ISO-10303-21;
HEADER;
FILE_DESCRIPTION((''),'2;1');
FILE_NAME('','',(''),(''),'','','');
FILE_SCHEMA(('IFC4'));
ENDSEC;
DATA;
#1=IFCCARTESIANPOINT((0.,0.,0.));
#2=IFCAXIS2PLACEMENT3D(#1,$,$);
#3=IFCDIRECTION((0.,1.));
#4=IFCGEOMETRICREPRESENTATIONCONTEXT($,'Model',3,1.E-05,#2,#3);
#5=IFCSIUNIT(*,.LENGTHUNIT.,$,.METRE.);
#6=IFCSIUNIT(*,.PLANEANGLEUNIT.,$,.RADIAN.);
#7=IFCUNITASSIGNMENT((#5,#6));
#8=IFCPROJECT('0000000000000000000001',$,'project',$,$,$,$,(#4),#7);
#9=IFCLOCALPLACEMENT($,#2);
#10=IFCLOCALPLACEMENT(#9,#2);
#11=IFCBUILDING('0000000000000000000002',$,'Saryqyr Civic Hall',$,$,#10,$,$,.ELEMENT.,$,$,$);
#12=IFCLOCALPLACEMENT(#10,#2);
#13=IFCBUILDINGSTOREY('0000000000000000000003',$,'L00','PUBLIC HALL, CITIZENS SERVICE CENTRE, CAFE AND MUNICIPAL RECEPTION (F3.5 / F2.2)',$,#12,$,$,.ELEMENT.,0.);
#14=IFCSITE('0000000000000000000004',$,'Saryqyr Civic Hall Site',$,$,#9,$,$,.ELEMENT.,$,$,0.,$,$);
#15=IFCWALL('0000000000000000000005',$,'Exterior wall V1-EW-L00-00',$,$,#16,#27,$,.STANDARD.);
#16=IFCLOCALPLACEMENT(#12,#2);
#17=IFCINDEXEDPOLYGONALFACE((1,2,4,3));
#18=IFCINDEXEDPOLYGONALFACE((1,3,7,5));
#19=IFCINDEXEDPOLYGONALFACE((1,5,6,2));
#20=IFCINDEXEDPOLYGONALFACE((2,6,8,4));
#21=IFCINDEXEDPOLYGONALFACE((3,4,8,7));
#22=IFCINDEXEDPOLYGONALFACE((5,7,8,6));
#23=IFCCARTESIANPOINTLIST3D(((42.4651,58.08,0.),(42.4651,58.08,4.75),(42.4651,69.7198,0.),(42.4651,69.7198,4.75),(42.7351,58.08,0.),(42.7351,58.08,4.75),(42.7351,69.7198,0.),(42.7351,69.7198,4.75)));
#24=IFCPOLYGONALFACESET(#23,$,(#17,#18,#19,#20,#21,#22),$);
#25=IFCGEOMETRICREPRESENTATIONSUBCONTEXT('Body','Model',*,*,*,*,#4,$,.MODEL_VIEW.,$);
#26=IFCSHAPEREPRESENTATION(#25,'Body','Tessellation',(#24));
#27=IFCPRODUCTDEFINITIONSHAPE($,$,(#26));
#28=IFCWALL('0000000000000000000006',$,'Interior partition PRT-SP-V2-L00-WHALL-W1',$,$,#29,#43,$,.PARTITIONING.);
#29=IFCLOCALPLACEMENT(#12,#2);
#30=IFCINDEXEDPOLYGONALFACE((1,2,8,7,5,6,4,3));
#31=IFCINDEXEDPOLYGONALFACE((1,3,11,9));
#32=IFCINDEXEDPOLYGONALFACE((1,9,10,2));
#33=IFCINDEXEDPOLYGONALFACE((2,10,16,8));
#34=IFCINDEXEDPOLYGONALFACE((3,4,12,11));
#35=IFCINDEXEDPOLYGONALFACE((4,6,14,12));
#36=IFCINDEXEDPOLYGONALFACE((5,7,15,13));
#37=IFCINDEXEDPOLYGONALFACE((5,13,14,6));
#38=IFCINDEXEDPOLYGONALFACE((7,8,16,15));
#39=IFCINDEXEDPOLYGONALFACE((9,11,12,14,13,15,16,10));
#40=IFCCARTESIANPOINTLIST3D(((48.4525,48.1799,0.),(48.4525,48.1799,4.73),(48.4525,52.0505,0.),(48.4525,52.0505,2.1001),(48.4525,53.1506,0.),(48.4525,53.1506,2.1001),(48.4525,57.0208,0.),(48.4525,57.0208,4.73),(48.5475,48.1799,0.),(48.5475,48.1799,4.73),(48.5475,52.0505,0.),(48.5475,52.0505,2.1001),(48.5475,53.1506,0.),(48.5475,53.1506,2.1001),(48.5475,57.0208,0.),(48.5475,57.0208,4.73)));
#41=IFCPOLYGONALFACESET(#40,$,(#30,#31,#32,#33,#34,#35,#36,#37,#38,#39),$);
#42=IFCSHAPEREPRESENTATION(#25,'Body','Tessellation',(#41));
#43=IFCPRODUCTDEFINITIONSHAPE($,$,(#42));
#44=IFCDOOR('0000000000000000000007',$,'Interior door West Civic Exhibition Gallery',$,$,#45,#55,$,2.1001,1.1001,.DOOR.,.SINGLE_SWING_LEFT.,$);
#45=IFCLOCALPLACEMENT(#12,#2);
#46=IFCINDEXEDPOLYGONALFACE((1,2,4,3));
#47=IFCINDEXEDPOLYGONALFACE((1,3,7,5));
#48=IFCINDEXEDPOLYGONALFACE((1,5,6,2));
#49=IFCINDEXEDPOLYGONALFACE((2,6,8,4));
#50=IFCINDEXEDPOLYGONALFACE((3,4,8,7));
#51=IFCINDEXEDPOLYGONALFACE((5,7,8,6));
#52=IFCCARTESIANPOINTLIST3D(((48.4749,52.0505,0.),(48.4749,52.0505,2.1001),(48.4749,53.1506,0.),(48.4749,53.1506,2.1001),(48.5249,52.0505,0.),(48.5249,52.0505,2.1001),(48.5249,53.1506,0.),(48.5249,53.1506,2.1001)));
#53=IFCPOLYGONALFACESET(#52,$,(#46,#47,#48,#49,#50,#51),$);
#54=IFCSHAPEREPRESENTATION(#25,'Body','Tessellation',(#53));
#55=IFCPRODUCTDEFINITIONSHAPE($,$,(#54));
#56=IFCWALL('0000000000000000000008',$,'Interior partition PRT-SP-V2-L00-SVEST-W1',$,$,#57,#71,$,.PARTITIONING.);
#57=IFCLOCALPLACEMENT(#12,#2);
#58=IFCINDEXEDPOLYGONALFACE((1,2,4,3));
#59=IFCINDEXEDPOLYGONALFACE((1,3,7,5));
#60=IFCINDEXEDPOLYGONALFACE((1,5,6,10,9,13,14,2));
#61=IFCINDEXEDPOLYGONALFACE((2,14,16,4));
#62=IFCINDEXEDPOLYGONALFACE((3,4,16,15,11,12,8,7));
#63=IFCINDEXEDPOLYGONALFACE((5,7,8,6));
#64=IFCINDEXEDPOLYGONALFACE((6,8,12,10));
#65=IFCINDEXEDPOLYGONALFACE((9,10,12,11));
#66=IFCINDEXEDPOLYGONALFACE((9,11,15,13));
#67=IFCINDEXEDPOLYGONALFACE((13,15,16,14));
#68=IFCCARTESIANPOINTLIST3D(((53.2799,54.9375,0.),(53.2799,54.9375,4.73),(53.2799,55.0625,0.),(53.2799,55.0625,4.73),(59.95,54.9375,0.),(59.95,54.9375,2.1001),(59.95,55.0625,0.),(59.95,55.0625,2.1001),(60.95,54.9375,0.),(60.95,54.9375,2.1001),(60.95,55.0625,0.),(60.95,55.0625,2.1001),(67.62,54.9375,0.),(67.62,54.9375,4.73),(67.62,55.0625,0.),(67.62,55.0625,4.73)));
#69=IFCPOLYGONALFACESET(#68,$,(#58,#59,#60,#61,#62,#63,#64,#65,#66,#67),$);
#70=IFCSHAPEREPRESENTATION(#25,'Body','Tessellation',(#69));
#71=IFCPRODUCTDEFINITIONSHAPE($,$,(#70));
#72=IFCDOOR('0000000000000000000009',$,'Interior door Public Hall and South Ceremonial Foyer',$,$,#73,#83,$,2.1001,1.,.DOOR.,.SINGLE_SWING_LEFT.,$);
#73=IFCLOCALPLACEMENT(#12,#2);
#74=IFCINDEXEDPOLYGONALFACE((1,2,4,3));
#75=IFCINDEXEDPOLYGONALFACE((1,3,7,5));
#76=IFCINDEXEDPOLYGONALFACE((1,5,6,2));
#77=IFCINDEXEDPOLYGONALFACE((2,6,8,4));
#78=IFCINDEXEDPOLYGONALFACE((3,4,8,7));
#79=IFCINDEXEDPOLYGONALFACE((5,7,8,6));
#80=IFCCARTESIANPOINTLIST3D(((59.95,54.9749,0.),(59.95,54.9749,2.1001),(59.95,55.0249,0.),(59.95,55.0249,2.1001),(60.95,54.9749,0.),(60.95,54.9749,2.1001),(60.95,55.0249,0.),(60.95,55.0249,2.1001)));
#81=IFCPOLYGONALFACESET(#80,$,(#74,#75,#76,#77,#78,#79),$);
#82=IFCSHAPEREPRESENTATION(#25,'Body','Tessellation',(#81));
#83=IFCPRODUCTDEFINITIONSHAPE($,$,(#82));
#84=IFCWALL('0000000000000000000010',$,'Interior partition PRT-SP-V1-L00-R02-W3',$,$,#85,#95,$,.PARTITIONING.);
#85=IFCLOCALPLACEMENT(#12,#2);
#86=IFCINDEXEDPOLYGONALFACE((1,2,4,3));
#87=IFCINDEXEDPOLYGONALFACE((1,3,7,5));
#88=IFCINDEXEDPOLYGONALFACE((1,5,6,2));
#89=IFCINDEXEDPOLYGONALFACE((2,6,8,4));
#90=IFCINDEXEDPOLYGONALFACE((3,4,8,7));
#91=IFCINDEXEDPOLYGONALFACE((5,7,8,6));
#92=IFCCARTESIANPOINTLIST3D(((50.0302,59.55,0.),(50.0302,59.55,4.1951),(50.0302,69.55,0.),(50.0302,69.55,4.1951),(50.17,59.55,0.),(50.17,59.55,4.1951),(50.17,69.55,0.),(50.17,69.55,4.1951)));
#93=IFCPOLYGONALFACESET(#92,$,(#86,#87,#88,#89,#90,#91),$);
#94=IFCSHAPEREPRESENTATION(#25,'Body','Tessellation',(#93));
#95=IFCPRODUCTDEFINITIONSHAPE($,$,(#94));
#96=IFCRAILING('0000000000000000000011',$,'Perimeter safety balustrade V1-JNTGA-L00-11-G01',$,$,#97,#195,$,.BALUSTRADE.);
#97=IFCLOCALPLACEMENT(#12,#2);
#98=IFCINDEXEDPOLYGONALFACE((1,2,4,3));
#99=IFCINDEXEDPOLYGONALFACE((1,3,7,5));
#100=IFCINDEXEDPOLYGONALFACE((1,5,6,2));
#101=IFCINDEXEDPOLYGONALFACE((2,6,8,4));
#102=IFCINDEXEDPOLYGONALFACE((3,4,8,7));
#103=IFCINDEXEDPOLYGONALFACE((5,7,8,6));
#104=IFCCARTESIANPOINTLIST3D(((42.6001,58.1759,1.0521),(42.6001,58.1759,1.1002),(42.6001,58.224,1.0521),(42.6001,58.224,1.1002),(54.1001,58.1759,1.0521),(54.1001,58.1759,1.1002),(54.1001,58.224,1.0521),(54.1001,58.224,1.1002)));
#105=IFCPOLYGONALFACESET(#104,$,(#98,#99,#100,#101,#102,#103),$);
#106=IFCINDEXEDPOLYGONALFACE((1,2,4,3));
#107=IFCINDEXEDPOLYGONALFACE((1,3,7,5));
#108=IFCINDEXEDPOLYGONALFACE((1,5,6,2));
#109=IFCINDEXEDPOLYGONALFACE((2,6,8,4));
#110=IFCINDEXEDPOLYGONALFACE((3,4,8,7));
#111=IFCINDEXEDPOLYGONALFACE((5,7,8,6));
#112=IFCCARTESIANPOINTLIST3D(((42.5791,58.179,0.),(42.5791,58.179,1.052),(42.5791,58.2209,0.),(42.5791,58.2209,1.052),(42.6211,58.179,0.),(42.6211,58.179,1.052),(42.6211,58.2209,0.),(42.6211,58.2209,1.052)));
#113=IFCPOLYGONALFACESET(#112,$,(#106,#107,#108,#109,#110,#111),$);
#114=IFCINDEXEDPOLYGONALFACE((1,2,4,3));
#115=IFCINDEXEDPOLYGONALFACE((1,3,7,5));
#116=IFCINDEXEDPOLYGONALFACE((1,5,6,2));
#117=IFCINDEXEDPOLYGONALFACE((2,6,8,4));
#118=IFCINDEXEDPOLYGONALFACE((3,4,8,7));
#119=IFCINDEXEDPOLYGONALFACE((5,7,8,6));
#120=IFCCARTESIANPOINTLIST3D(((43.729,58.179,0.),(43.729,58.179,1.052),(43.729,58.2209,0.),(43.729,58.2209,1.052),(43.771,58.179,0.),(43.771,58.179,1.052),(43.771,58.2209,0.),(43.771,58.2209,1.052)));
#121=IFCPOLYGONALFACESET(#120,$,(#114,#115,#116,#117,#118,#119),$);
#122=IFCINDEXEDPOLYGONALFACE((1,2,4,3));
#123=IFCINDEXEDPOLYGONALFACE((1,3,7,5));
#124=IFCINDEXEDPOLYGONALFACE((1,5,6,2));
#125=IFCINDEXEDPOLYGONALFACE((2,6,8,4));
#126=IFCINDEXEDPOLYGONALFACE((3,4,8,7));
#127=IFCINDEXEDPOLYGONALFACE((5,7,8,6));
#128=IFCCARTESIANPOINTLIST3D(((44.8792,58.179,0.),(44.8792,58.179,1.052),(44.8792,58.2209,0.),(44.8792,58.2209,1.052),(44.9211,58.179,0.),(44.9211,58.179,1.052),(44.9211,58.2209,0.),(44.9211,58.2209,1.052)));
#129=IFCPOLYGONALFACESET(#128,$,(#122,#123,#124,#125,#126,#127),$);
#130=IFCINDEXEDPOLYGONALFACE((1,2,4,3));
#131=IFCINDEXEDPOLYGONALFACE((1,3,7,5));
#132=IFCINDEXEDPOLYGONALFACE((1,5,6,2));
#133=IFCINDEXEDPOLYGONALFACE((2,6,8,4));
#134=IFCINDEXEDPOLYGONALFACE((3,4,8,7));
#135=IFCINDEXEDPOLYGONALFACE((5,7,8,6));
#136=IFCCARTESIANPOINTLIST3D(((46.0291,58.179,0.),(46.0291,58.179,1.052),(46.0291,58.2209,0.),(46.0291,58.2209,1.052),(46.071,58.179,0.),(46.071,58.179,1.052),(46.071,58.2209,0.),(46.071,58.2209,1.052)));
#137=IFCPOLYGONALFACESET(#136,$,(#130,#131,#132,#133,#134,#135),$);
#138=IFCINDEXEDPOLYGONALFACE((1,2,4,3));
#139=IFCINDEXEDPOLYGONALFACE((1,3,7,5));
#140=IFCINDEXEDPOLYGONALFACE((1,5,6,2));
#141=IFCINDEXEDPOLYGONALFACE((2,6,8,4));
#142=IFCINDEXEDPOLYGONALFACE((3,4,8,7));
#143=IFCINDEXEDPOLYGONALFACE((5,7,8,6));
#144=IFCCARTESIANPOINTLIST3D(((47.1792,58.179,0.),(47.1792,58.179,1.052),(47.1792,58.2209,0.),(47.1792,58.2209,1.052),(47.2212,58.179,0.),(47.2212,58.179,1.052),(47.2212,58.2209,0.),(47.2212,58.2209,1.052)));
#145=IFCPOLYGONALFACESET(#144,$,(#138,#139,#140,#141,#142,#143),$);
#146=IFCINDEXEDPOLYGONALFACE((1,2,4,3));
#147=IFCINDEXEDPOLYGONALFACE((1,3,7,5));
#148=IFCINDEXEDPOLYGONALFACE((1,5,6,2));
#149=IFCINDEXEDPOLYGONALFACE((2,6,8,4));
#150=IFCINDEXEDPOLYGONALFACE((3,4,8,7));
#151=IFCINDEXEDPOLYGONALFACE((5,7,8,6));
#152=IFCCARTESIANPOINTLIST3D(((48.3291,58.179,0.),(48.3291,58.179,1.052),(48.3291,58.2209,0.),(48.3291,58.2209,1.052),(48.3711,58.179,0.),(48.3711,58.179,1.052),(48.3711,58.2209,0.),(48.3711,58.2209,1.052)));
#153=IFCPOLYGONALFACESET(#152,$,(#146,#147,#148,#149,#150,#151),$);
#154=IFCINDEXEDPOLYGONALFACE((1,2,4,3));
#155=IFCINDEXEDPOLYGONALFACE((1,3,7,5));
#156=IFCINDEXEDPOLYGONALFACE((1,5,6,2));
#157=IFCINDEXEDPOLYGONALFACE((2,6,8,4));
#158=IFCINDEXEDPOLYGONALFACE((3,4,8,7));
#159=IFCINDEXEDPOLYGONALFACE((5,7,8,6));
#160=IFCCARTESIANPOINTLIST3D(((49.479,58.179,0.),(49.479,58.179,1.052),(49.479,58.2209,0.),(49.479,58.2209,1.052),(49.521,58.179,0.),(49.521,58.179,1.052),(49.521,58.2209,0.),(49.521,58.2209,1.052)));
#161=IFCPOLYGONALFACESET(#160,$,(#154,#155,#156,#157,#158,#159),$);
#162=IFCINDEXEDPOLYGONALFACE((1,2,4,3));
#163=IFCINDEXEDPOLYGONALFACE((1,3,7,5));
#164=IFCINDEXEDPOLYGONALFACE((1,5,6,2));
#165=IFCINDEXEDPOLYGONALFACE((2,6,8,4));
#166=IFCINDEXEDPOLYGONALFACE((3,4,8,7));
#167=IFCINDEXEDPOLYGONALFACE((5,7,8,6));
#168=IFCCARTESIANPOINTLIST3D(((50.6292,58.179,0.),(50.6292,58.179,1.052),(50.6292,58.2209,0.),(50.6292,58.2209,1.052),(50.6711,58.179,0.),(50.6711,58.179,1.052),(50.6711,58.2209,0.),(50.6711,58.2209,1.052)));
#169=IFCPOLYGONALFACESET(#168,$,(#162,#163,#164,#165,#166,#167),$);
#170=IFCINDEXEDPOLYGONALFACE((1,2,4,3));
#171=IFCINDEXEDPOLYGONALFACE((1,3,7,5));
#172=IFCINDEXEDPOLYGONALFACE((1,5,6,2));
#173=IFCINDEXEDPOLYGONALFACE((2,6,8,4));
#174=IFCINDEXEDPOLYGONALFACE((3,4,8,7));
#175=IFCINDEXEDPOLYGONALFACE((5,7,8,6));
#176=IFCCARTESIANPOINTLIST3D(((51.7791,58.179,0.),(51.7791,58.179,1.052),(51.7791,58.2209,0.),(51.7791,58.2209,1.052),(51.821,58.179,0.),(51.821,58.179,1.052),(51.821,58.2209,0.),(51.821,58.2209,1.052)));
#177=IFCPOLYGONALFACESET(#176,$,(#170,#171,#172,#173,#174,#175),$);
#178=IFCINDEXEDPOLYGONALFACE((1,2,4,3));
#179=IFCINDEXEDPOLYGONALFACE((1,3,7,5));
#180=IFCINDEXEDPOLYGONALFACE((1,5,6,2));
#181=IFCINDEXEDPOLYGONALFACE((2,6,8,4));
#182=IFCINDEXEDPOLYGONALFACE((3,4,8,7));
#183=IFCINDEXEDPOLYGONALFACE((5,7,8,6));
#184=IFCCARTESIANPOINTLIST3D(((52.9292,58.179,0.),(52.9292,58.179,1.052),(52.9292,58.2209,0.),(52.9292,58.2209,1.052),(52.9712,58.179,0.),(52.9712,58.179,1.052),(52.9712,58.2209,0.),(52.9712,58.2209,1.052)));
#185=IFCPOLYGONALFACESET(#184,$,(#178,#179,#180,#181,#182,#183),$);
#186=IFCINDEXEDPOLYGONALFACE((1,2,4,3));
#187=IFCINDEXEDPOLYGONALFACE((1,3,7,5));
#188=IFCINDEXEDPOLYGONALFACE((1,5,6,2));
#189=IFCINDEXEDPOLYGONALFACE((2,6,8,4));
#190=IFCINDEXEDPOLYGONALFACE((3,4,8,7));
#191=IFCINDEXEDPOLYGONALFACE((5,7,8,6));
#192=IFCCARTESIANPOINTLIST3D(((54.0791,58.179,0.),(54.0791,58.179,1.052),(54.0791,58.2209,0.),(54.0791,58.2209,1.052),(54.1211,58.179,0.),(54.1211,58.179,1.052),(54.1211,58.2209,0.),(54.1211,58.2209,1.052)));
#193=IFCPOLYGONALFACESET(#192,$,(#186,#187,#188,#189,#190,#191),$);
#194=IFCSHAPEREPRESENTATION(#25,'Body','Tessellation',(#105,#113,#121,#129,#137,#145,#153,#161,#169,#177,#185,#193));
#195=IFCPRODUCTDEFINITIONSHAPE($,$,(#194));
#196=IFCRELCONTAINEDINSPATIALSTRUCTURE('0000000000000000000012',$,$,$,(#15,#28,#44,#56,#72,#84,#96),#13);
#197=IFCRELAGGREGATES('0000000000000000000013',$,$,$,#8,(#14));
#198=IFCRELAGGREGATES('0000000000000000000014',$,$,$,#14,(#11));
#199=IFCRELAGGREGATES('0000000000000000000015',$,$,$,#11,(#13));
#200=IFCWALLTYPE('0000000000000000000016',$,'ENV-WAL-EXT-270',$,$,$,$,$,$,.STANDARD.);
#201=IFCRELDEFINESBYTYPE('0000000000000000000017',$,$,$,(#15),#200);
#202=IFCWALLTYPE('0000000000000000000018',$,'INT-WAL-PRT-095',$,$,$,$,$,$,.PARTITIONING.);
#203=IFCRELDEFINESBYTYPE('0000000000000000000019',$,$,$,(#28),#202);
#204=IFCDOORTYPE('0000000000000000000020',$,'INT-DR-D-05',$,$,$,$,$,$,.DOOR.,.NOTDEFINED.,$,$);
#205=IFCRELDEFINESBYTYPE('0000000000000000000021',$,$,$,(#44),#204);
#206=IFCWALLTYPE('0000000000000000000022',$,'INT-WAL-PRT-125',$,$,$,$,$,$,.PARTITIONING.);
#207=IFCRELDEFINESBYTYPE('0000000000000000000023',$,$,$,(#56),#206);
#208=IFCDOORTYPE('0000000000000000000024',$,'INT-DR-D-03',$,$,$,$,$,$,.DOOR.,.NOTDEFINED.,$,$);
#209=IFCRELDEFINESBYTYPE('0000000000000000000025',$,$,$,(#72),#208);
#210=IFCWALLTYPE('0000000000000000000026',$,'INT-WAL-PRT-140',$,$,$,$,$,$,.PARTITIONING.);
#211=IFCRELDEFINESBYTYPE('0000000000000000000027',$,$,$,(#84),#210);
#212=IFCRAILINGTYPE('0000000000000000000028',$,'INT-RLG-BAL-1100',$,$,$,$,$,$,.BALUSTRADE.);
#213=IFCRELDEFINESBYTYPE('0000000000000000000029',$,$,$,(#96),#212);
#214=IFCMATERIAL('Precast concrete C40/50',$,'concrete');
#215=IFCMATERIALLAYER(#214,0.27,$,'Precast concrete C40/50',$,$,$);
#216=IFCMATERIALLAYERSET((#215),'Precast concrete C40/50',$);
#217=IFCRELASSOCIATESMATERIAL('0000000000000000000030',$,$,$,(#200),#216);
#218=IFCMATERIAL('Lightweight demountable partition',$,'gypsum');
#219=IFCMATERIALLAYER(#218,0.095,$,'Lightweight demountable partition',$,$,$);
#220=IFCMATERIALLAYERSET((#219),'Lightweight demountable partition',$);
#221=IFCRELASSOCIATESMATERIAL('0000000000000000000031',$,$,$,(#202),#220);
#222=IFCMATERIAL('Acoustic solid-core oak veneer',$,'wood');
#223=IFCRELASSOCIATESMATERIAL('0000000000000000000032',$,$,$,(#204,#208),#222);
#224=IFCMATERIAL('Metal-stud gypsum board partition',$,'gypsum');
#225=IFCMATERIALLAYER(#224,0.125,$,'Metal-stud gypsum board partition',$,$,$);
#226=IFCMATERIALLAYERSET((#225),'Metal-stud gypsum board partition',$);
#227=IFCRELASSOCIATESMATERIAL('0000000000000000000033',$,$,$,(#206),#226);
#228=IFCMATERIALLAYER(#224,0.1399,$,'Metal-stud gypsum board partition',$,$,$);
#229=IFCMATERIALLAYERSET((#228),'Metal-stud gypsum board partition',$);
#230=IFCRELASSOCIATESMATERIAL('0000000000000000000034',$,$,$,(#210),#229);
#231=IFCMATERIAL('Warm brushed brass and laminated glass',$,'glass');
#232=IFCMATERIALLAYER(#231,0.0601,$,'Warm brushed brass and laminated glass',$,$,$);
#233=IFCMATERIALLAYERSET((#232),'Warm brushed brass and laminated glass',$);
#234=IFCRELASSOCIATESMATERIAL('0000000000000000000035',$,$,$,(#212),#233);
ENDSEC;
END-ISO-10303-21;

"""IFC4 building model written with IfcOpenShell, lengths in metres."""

from ifc_helpers import new_model, si_unit, direction, frame, frame_2d, origin, origin_2d, place, context, subcontext, project, spatial, rectangle, extrude, material, layer, layer_set, type_object, element, fill, save


model = new_model("IFC4")

# Units and contexts
model_context = context("Model", 3, precision=1e-05, world=origin(), true_north=direction((0.0, 1.0)))
body_context = subcontext(model_context, "Body", "Model", "MODEL_VIEW")
ifc_project = project(units=[si_unit("LENGTHUNIT", "METRE"), si_unit("PLANEANGLEUNIT", "RADIAN")], contexts=[model_context])

# Site, building, storey
site_placement = place(None, origin())
site = spatial("IfcSite", under=ifc_project, at=site_placement, Name="Saryqyr Civic Hall Site", CompositionType="ELEMENT", RefElevation=0.0)
building_placement = place(site_placement, origin())
building = spatial("IfcBuilding", under=site, at=building_placement, Name="Saryqyr Civic Hall", CompositionType="ELEMENT")
storey_placement = place(building_placement, origin())
storey = spatial("IfcBuildingStorey", under=building, at=storey_placement, Name="L00", Description="PUBLIC HALL, CITIZENS SERVICE CENTRE, CAFE AND MUNICIPAL RECEPTION (F3.5 / F2.2)", CompositionType="ELEMENT", Elevation=0.0)

# Wall
ifc_material_1 = material(Name="Precast concrete C40/50", Category="concrete")
ifc_layer_1 = layer(ifc_material_1, 0.27, Name="Precast concrete C40/50")
ifc_layer_set_1 = layer_set([ifc_layer_1], Name="Precast concrete C40/50")
wall_type_1 = type_object("IfcWallType", Name="ENV-WAL-EXT-270", PredefinedType="STANDARD", material=ifc_layer_set_1)
wall_1_placement = place(storey_placement, frame((42.6001, 58.0801, 0.0), z_axis=(0.0, 0.0, 1.0), x_axis=(0.0, 1.0, 0.0)))
element("IfcWall", 1, at=wall_1_placement, inside=storey, type_object=wall_type_1, Name="Exterior wall V1-EW-L00-00", PredefinedType="STANDARD", context=body_context, shape_type="SweptSolid", body=[
    extrude(rectangle(XDim=11.6399, YDim=0.27, at=frame_2d((5.8198, 0.0))), origin(), (0.0, 0.0, 1.0), 4.75),
])

# Walls, openings, doors
ifc_material_2 = material(Name="Lightweight demountable partition", Category="gypsum")
ifc_layer_2 = layer(ifc_material_2, 0.095, Name="Lightweight demountable partition")
ifc_layer_set_2 = layer_set([ifc_layer_2], Name="Lightweight demountable partition")
wall_type_2 = type_object("IfcWallType", Name="INT-WAL-PRT-095", PredefinedType="PARTITIONING", material=ifc_layer_set_2)
wall_2_placement = place(storey_placement, frame((48.5, 57.0208, 0.0), z_axis=(0.0, 0.0, 1.0), x_axis=(0.0, -1.0, 0.0)))
wall_2 = element("IfcWall", 2, at=wall_2_placement, inside=storey, type_object=wall_type_2, Name="Interior partition PRT-SP-V2-L00-WHALL-W1", PredefinedType="PARTITIONING", context=body_context, shape_type="SweptSolid", body=[
    extrude(rectangle(XDim=8.8408, YDim=0.095, at=frame_2d((4.4204, 0.0))), origin(), (0.0, 0.0, 1.0), 4.73),
])
opening_1_placement = place(wall_2_placement, frame((3.8701, 0.0, 0.0)))
opening_1 = element("IfcOpeningElement", 3, at=opening_1_placement, cuts=wall_2, PredefinedType="OPENING", context=body_context, shape_type="SweptSolid", body=[
    extrude(rectangle(XDim=1.1001, YDim=2.1001, at=frame_2d((0.55, 1.05))), frame((0.0, 0.0574, 0.0), z_axis=(0.0, -1.0, 0.0), x_axis=(1.0, 0.0, 0.0)), (0.0, 0.0, 1.0), 0.115),
])
ifc_material_3 = material(Name="Acoustic solid-core oak veneer", Category="wood")
door_type_1 = type_object("IfcDoorType", Name="INT-DR-D-05", OperationType="NOTDEFINED", PredefinedType="DOOR", material=ifc_material_3)
door_1_placement = place(opening_1_placement, origin())
door_1 = element("IfcDoor", 4, at=door_1_placement, inside=storey, type_object=door_type_1, Name="Interior door West Civic Exhibition Gallery", OperationType="SINGLE_SWING_LEFT", OverallHeight=2.1001, OverallWidth=1.1001, PredefinedType="DOOR", context=body_context, shape_type="SweptSolid", body=[
    extrude(rectangle(XDim=1.1001, YDim=2.1001, at=frame_2d((0.55, 1.05))), frame((0.0, 0.0249, 0.0), z_axis=(0.0, -1.0, 0.0), x_axis=(1.0, 0.0, 0.0)), (0.0, 0.0, 1.0), 0.05),
])
fill(opening_1, door_1)
ifc_material_4 = material(Name="Metal-stud gypsum board partition", Category="gypsum")
ifc_layer_3 = layer(ifc_material_4, 0.125, Name="Metal-stud gypsum board partition")
ifc_layer_set_3 = layer_set([ifc_layer_3], Name="Metal-stud gypsum board partition")
wall_type_3 = type_object("IfcWallType", Name="INT-WAL-PRT-125", PredefinedType="PARTITIONING", material=ifc_layer_set_3)
wall_3_placement = place(storey_placement, frame((53.28, 55.0, 0.0), z_axis=(0.0, 0.0, 1.0), x_axis=(1.0, 0.0, 0.0)))
wall_3 = element("IfcWall", 5, at=wall_3_placement, inside=storey, type_object=wall_type_3, Name="Interior partition PRT-SP-V2-L00-SVEST-W1", PredefinedType="PARTITIONING", context=body_context, shape_type="SweptSolid", body=[
    extrude(rectangle(XDim=14.3401, YDim=0.125, at=frame_2d((7.1699, 0.0))), origin(), (0.0, 0.0, 1.0), 4.73),
])
opening_2_placement = place(wall_3_placement, frame((6.6699, 0.0, 0.0)))
opening_2 = element("IfcOpeningElement", 6, at=opening_2_placement, cuts=wall_3, PredefinedType="OPENING", context=body_context, shape_type="SweptSolid", body=[
    extrude(rectangle(XDim=1.0, YDim=2.1001, at=frame_2d((0.5, 1.05))), frame((0.0, 0.0725, 0.0), z_axis=(0.0, -1.0, 0.0), x_axis=(1.0, 0.0, 0.0)), (0.0, 0.0, 1.0), 0.145),
])
door_type_2 = type_object("IfcDoorType", Name="INT-DR-D-03", OperationType="NOTDEFINED", PredefinedType="DOOR", material=ifc_material_3)
door_2_placement = place(opening_2_placement, origin())
door_2 = element("IfcDoor", 7, at=door_2_placement, inside=storey, type_object=door_type_2, Name="Interior door Public Hall and South Ceremonial Foyer", OperationType="SINGLE_SWING_LEFT", OverallHeight=2.1001, OverallWidth=1.0, PredefinedType="DOOR", context=body_context, shape_type="SweptSolid", body=[
    extrude(rectangle(XDim=1.0, YDim=2.1001, at=frame_2d((0.5, 1.05))), frame((0.0, 0.0249, 0.0), z_axis=(0.0, -1.0, 0.0), x_axis=(1.0, 0.0, 0.0)), (0.0, 0.0, 1.0), 0.05),
])
fill(opening_2, door_2)

# Wall
ifc_layer_4 = layer(ifc_material_4, 0.1399, Name="Metal-stud gypsum board partition")
ifc_layer_set_4 = layer_set([ifc_layer_4], Name="Metal-stud gypsum board partition")
wall_type_4 = type_object("IfcWallType", Name="INT-WAL-PRT-140", PredefinedType="PARTITIONING", material=ifc_layer_set_4)
wall_4_placement = place(storey_placement, frame((50.1001, 59.55, 0.0), z_axis=(0.0, 0.0, 1.0), x_axis=(0.0, 1.0, 0.0)))
element("IfcWall", 8, at=wall_4_placement, inside=storey, type_object=wall_type_4, Name="Interior partition PRT-SP-V1-L00-R02-W3", PredefinedType="PARTITIONING", context=body_context, shape_type="SweptSolid", body=[
    extrude(rectangle(XDim=10.0, YDim=0.1399, at=frame_2d((5.0, 0.0))), origin(), (0.0, 0.0, 1.0), 4.1951),
])

# Railing
ifc_material_5 = material(Name="Warm brushed brass and laminated glass", Category="glass")
ifc_layer_5 = layer(ifc_material_5, 0.0601, Name="Warm brushed brass and laminated glass")
ifc_layer_set_5 = layer_set([ifc_layer_5], Name="Warm brushed brass and laminated glass")
railing_type = type_object("IfcRailingType", Name="INT-RLG-BAL-1100", PredefinedType="BALUSTRADE", material=ifc_layer_set_5)
railing_1_placement = place(storey_placement, frame((42.6001, 58.2, 0.0)))
element("IfcRailing", 9, at=railing_1_placement, inside=storey, type_object=railing_type, Name="Perimeter safety balustrade V1-JNTGA-L00-11-G01", PredefinedType="BALUSTRADE", context=body_context, shape_type="SweptSolid", body=[
    extrude(rectangle(XDim=0.0481, YDim=0.0481, at=origin_2d()), frame((0.0, 0.0, 1.0762), z_axis=(1.0, 0.0, 0.0), x_axis=(0.0, 1.0, 0.0)), (0.0, 0.0, 1.0), 11.5),
    extrude(rectangle(XDim=0.042, YDim=0.042, at=origin_2d()), origin(), (0.0, 0.0, 1.0), 1.052),
    extrude(rectangle(XDim=0.042, YDim=0.042, at=origin_2d()), frame((1.1499, 0.0, 0.0)), (0.0, 0.0, 1.0), 1.052),
    extrude(rectangle(XDim=0.042, YDim=0.042, at=origin_2d()), frame((2.3, 0.0, 0.0)), (0.0, 0.0, 1.0), 1.052),
    extrude(rectangle(XDim=0.042, YDim=0.042, at=origin_2d()), frame((3.45, 0.0, 0.0)), (0.0, 0.0, 1.0), 1.052),
    extrude(rectangle(XDim=0.042, YDim=0.042, at=origin_2d()), frame((4.6001, 0.0, 0.0)), (0.0, 0.0, 1.0), 1.052),
    extrude(rectangle(XDim=0.042, YDim=0.042, at=origin_2d()), frame((5.75, 0.0, 0.0)), (0.0, 0.0, 1.0), 1.052),
    extrude(rectangle(XDim=0.042, YDim=0.042, at=origin_2d()), frame((6.8999, 0.0, 0.0)), (0.0, 0.0, 1.0), 1.052),
    extrude(rectangle(XDim=0.042, YDim=0.042, at=origin_2d()), frame((8.05, 0.0, 0.0)), (0.0, 0.0, 1.0), 1.052),
    extrude(rectangle(XDim=0.042, YDim=0.042, at=origin_2d()), frame((9.2, 0.0, 0.0)), (0.0, 0.0, 1.0), 1.052),
    extrude(rectangle(XDim=0.042, YDim=0.042, at=origin_2d()), frame((10.3501, 0.0, 0.0)), (0.0, 0.0, 1.0), 1.052),
    extrude(rectangle(XDim=0.042, YDim=0.042, at=origin_2d()), frame((11.5, 0.0, 0.0)), (0.0, 0.0, 1.0), 1.052),
])

save(model, "model.ifc")
